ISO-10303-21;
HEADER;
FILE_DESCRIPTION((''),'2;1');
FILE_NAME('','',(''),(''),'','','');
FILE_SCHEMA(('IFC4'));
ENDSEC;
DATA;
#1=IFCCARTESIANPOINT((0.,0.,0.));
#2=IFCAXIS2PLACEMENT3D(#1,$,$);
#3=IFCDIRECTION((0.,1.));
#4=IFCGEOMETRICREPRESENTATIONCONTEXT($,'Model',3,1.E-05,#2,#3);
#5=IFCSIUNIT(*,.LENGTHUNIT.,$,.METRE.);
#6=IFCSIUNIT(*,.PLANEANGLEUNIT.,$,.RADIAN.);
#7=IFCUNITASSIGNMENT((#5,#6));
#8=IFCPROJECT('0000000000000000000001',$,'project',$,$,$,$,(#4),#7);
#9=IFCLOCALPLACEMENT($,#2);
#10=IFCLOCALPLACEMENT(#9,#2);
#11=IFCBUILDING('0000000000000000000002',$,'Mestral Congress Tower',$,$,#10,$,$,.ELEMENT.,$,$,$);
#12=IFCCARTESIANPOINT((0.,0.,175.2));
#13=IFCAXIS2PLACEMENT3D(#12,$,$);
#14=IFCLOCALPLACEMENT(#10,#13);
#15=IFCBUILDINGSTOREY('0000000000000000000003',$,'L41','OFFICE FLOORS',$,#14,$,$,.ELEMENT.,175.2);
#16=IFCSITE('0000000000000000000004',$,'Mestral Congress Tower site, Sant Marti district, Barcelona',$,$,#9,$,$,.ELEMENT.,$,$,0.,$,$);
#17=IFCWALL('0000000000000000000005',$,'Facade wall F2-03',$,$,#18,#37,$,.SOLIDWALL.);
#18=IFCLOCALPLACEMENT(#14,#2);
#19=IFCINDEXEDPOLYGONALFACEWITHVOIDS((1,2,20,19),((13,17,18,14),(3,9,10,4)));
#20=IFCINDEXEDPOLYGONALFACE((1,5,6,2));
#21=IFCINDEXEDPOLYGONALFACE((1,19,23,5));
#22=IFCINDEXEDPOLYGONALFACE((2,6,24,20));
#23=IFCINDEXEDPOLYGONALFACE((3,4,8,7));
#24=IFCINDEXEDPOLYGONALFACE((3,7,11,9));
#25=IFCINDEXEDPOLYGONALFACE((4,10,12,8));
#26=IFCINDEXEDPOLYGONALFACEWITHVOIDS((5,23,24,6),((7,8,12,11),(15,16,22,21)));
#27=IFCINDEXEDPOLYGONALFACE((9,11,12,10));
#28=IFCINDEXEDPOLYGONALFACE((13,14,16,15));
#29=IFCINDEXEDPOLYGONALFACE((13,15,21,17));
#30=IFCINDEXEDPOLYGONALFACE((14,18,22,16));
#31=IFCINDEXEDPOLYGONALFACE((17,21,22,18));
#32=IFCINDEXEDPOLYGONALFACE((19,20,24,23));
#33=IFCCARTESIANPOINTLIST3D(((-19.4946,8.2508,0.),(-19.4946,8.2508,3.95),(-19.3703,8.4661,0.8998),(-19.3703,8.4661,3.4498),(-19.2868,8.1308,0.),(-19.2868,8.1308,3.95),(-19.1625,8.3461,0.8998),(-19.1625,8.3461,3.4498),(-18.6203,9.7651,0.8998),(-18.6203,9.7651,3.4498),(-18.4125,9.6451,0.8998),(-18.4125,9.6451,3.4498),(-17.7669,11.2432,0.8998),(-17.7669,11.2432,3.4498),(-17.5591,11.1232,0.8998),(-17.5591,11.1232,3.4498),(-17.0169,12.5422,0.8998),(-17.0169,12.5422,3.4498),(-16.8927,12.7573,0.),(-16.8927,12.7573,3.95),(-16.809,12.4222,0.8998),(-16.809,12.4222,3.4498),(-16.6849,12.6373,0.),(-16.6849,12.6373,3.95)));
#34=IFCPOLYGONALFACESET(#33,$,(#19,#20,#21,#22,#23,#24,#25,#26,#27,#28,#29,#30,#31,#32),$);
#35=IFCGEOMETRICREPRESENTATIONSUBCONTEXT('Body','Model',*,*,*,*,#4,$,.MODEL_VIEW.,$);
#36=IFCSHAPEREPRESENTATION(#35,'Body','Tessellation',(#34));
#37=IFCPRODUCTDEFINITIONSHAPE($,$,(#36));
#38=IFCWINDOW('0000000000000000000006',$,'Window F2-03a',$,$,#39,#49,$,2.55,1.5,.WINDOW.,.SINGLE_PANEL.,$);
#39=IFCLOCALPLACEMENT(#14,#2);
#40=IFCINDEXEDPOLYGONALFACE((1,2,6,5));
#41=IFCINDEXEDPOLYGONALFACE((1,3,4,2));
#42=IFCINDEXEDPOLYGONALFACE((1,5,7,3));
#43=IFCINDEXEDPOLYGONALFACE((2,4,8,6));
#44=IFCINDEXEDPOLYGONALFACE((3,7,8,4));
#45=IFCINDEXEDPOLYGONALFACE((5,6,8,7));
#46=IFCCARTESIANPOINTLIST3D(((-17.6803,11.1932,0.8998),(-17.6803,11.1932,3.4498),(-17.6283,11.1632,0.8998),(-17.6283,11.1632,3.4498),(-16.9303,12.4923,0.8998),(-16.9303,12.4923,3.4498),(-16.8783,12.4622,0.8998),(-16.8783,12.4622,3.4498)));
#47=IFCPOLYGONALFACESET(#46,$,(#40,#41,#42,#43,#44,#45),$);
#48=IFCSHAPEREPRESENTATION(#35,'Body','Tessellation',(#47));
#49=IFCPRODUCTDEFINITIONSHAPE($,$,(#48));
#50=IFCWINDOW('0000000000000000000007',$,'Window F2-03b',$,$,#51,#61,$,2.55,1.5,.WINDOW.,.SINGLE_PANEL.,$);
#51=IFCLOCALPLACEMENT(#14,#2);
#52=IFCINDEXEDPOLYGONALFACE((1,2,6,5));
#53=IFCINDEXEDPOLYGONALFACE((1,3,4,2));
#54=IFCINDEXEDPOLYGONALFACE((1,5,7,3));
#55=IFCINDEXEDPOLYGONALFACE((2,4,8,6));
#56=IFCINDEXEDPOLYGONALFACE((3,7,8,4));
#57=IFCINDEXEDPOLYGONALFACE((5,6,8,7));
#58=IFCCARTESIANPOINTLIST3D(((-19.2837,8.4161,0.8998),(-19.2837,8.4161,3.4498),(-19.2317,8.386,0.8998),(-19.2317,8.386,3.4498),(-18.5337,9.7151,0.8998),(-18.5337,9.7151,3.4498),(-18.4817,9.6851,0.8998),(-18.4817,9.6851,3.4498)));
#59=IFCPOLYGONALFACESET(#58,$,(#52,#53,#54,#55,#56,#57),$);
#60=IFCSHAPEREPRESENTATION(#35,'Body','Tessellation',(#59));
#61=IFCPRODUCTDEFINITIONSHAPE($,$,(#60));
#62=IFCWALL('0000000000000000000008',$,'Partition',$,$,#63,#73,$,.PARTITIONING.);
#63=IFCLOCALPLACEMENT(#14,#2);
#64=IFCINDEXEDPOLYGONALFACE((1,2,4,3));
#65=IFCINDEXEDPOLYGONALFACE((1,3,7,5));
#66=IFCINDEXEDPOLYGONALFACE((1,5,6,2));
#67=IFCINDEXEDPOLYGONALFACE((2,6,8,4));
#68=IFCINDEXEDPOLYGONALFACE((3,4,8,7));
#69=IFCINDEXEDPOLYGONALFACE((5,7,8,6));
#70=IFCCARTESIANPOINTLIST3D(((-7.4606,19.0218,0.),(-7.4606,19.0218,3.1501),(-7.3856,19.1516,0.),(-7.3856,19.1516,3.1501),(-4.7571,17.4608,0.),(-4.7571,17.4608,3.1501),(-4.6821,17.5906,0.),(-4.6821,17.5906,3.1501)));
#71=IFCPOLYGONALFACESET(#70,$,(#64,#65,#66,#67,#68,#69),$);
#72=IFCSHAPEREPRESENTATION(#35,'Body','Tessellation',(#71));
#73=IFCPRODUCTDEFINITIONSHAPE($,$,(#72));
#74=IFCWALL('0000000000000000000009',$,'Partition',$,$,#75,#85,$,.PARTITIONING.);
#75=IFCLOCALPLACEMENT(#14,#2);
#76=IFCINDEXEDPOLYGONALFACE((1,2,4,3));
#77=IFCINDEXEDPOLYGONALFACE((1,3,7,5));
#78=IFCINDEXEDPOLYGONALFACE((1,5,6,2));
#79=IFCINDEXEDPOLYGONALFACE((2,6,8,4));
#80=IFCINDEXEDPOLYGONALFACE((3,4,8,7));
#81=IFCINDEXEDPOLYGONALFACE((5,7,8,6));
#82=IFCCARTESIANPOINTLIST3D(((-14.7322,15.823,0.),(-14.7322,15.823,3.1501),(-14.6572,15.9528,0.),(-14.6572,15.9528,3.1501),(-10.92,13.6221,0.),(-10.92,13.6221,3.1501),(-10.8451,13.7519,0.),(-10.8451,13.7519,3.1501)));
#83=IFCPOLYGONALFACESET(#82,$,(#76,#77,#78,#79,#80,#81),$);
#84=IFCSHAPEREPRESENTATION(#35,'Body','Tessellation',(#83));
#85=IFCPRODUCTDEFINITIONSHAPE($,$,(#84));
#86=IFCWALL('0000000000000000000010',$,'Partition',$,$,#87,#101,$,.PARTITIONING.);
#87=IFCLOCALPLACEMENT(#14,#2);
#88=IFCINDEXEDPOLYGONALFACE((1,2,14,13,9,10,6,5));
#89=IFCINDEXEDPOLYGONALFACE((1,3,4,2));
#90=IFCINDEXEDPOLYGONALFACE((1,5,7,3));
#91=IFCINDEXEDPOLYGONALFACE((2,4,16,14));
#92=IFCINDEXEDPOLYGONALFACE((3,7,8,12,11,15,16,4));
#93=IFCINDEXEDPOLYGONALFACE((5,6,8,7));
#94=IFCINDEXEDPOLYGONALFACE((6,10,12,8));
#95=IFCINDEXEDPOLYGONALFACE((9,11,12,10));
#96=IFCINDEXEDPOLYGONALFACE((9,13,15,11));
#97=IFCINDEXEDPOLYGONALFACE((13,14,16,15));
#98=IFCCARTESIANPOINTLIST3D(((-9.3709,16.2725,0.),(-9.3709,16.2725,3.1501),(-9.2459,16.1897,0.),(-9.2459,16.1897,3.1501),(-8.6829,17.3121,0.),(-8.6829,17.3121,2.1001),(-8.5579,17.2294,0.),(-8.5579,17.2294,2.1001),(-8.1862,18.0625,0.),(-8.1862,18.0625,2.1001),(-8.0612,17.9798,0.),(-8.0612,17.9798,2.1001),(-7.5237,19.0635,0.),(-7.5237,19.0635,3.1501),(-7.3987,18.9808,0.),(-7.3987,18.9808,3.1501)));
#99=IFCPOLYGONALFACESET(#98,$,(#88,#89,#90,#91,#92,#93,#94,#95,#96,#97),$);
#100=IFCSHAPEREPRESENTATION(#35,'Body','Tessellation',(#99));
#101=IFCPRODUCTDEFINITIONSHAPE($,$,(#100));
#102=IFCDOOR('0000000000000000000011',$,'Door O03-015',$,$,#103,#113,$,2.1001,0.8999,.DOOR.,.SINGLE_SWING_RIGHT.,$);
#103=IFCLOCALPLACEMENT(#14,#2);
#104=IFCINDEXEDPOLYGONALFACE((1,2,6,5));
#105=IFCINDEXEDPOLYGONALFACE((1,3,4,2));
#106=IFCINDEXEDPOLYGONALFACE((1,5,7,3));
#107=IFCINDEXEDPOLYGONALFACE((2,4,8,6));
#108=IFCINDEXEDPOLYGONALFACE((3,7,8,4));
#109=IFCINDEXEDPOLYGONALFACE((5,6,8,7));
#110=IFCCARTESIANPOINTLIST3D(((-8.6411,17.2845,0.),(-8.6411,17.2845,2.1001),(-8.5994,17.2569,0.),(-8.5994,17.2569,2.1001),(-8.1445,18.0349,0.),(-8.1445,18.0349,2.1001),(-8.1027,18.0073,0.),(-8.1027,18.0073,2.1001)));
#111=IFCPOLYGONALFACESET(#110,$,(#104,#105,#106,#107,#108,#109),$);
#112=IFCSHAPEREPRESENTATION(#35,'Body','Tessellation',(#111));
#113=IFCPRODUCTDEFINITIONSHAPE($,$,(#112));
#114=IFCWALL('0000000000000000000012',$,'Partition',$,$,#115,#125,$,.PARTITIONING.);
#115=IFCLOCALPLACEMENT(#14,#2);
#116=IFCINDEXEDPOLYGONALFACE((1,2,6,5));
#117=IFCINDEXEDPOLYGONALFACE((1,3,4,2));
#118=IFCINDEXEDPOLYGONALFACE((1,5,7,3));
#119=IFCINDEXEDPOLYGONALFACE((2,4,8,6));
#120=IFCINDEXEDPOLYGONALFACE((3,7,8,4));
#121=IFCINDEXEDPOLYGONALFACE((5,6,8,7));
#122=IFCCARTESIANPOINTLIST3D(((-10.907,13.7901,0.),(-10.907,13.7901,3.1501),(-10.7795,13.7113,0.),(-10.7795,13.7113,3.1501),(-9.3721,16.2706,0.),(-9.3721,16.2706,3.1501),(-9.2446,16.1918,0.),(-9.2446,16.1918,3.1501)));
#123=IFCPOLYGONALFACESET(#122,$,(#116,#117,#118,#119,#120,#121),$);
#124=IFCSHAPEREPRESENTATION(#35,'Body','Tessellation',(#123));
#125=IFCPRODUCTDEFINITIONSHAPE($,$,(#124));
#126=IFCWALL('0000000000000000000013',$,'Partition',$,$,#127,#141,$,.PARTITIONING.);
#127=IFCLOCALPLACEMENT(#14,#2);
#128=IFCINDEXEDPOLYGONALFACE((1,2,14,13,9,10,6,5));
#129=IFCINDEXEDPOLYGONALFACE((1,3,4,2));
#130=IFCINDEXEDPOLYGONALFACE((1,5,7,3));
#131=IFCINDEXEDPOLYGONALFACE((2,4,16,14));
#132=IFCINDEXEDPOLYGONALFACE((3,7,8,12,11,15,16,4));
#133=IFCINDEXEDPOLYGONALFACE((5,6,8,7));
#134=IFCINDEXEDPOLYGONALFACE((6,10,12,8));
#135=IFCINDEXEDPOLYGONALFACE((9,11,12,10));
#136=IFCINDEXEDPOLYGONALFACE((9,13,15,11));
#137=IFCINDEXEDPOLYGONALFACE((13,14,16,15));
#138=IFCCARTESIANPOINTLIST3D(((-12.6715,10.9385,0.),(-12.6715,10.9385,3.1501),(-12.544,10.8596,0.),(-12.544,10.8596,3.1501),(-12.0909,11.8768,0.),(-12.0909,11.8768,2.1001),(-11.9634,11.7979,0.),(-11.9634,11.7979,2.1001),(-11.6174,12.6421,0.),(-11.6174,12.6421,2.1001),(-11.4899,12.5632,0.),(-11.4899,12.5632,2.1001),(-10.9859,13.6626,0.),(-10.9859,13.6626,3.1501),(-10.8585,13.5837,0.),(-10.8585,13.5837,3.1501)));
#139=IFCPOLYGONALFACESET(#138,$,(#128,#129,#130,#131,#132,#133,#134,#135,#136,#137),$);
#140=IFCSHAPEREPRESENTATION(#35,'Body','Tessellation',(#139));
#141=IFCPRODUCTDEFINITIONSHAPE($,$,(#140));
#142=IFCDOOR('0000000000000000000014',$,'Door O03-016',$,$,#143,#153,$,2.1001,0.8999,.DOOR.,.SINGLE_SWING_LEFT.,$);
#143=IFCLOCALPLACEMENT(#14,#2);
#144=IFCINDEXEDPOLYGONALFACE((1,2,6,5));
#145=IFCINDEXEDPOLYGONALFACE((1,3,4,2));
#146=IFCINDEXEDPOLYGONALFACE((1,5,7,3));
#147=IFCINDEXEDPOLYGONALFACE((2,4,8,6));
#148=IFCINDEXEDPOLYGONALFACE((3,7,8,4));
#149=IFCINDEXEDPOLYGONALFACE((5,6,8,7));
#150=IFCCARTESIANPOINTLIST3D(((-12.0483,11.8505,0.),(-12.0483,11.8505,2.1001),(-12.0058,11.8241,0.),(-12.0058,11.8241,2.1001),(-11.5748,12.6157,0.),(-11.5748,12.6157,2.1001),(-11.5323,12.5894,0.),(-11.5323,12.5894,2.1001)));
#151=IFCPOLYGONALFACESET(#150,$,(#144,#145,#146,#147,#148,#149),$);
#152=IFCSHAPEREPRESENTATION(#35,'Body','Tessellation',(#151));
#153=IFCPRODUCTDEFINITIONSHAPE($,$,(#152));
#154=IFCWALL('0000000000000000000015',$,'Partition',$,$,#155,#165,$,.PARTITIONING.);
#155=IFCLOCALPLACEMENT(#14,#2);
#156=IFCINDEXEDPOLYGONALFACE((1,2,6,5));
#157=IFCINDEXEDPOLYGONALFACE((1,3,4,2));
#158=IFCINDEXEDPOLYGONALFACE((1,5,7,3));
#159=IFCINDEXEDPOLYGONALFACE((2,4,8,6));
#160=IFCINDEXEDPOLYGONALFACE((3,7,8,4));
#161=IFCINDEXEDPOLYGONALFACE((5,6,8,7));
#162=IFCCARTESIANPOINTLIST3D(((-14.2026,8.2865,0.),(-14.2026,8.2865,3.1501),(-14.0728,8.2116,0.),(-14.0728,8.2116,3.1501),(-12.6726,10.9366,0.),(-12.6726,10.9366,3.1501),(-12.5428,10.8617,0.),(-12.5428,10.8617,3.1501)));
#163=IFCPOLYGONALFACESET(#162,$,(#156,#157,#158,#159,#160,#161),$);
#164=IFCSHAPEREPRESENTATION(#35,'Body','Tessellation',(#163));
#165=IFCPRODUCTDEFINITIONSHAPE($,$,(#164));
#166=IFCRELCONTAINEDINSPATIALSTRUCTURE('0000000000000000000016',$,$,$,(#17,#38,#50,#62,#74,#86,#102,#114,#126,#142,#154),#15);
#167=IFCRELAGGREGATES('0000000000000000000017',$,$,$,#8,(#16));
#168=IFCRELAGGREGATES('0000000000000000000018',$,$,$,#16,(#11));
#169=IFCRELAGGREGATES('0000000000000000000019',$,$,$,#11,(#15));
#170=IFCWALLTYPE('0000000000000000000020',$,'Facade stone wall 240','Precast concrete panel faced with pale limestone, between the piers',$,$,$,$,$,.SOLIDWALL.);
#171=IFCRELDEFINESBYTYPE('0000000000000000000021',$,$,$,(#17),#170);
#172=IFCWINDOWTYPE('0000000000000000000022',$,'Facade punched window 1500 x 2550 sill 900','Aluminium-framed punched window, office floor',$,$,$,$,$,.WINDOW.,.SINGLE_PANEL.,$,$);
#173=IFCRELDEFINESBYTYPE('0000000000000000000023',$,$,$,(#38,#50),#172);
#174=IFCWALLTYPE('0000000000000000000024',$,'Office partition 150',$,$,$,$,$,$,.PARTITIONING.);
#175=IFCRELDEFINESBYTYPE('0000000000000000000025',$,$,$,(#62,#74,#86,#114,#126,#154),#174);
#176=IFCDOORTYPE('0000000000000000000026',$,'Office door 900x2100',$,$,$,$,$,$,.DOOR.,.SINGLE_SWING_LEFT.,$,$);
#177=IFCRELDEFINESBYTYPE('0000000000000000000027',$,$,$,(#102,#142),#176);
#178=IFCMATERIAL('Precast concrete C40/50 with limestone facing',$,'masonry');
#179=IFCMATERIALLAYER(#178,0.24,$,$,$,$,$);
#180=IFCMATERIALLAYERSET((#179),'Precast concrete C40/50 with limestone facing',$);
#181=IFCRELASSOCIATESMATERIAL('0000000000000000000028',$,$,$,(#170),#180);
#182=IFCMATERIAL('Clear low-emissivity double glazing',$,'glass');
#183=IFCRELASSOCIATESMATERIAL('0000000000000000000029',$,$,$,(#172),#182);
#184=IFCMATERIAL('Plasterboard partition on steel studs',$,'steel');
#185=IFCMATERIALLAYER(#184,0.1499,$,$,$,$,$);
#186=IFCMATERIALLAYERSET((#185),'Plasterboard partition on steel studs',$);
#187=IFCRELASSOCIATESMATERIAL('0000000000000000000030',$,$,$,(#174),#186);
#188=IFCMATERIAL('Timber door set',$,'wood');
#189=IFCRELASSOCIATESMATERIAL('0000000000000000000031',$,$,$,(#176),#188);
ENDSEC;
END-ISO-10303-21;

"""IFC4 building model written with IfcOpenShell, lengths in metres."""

from ifc_helpers import new_model, si_unit, direction, frame, frame_2d, origin, place, context, subcontext, project, spatial, rectangle, extrude, material, layer, layer_set, type_object, element, fill, save


model = new_model("IFC4")

# Units and contexts
model_context = context("Model", 3, precision=1e-05, world=origin(), true_north=direction((0.0, 1.0)))
body_context = subcontext(model_context, "Body", "Model", "MODEL_VIEW")
ifc_project = project(units=[si_unit("LENGTHUNIT", "METRE"), si_unit("PLANEANGLEUNIT", "RADIAN")], contexts=[model_context])

# Site, building, storey
site_placement = place(None, origin())
site = spatial("IfcSite", under=ifc_project, at=site_placement, Name="Mestral Congress Tower site, Sant Marti district, Barcelona", CompositionType="ELEMENT", RefElevation=0.0)
building_placement = place(site_placement, origin())
building = spatial("IfcBuilding", under=site, at=building_placement, Name="Mestral Congress Tower", CompositionType="ELEMENT")
storey_placement = place(building_placement, frame((0.0, 0.0, 175.2)))
storey = spatial("IfcBuildingStorey", under=building, at=storey_placement, Name="L41", Description="OFFICE FLOORS", CompositionType="ELEMENT", Elevation=175.2)

# Wall, openings, windows
ifc_material_1 = material(Name="Precast concrete C40/50 with limestone facing", Category="masonry")
ifc_layer_1 = layer(ifc_material_1, 0.24)
ifc_layer_set_1 = layer_set([ifc_layer_1], Name="Precast concrete C40/50 with limestone facing")
wall_type_1 = type_object("IfcWallType", Name="Facade stone wall 240", Description="Precast concrete panel faced with pale limestone, between the piers", PredefinedType="SOLIDWALL", material=ifc_layer_set_1)
ifc_material_2 = material(Name="Clear low-emissivity double glazing", Category="glass")
window_type = type_object("IfcWindowType", Name="Facade punched window 1500 x 2550 sill 900", Description="Aluminium-framed punched window, office floor", PartitioningType="SINGLE_PANEL", PredefinedType="WINDOW", material=ifc_material_2)
wall_1_placement = place(storey_placement, frame((-16.7888, 12.6973, 0.0), z_axis=(0.0, 0.0, 1.0), x_axis=(-0.500009, -0.86602, 0.0)))
wall_1 = element("IfcWall", 1, at=wall_1_placement, inside=storey, type_object=wall_type_1, Name="Facade wall F2-03", PredefinedType="SOLIDWALL", context=body_context, shape_type="SweptSolid", body=[
    extrude(rectangle(XDim=5.2036, YDim=0.24, at=frame_2d((2.6018, 0.0))), origin(), (0.0, 0.0, 1.0), 3.95),
])
opening_1_placement = place(wall_1_placement, frame((0.2483, 0.0, 0.8999)))
opening_1 = element("IfcOpeningElement", 2, at=opening_1_placement, cuts=wall_1, PredefinedType="OPENING", context=body_context, shape_type="SweptSolid", body=[
    extrude(rectangle(XDim=1.5, YDim=2.55, at=frame_2d((0.75, 1.2749))), frame((0.0, 0.1299, 0.0), z_axis=(0.0, -1.0, 0.0), x_axis=(1.0, 0.0, 0.0)), (0.0, 0.0, 1.0), 0.26),
])
opening_2_placement = place(wall_1_placement, frame((3.4551, 0.0, 0.8999)))
opening_2 = element("IfcOpeningElement", 3, at=opening_2_placement, cuts=wall_1, PredefinedType="OPENING", context=body_context, shape_type="SweptSolid", body=[
    extrude(rectangle(XDim=1.5, YDim=2.55, at=frame_2d((0.75, 1.2749))), frame((0.0, 0.1299, 0.0), z_axis=(0.0, -1.0, 0.0), x_axis=(1.0, 0.0, 0.0)), (0.0, 0.0, 1.0), 0.26),
])
window_1_placement = place(opening_1_placement, origin())
window_1 = element("IfcWindow", 4, at=window_1_placement, inside=storey, type_object=window_type, Name="Window F2-03a", OverallHeight=2.55, OverallWidth=1.5, PartitioningType="SINGLE_PANEL", PredefinedType="WINDOW", context=body_context, shape_type="SweptSolid", body=[
    extrude(rectangle(XDim=1.5, YDim=2.55, at=frame_2d((0.75, 1.2749))), frame((0.0, 0.04, 0.0), z_axis=(0.0, -1.0, 0.0), x_axis=(1.0, 0.0, 0.0)), (0.0, 0.0, 1.0), 0.0601),
])
fill(opening_1, window_1)
window_2_placement = place(opening_2_placement, origin())
window_2 = element("IfcWindow", 5, at=window_2_placement, inside=storey, type_object=window_type, Name="Window F2-03b", OverallHeight=2.55, OverallWidth=1.5, PartitioningType="SINGLE_PANEL", PredefinedType="WINDOW", context=body_context, shape_type="SweptSolid", body=[
    extrude(rectangle(XDim=1.5, YDim=2.55, at=frame_2d((0.75, 1.2749))), frame((0.0, 0.04, 0.0), z_axis=(0.0, -1.0, 0.0), x_axis=(1.0, 0.0, 0.0)), (0.0, 0.0, 1.0), 0.0601),
])
fill(opening_2, window_2)

# Walls
ifc_material_3 = material(Name="Plasterboard partition on steel studs", Category="steel")
ifc_layer_2 = layer(ifc_material_3, 0.1499)
ifc_layer_set_2 = layer_set([ifc_layer_2], Name="Plasterboard partition on steel studs")
wall_type_2 = type_object("IfcWallType", Name="Office partition 150", PredefinedType="PARTITIONING", material=ifc_layer_set_2)
wall_2_placement = place(storey_placement, frame((-4.7195, 17.5256, 0.0), z_axis=(0.0, 0.0, 1.0), x_axis=(-0.866011, 0.500025, 0.0)))
element("IfcWall", 6, at=wall_2_placement, inside=storey, type_object=wall_type_2, Name="Partition", PredefinedType="PARTITIONING", context=body_context, shape_type="SweptSolid", body=[
    extrude(rectangle(XDim=3.1218, YDim=0.1499, at=frame_2d((1.561, 0.0))), origin(), (0.0, 0.0, 1.0), 3.1501),
])
wall_3_placement = place(storey_placement, frame((-10.8826, 13.687, 0.0), z_axis=(0.0, 0.0, 1.0), x_axis=(-0.866033, 0.499987, 0.0)))
element("IfcWall", 7, at=wall_3_placement, inside=storey, type_object=wall_type_2, Name="Partition", PredefinedType="PARTITIONING", context=body_context, shape_type="SweptSolid", body=[
    extrude(rectangle(XDim=4.4019, YDim=0.1499, at=frame_2d((2.2009, 0.0))), origin(), (0.0, 0.0, 1.0), 3.1501),
])

# Wall, opening, door
wall_4_placement = place(storey_placement, frame((-9.3083, 16.2312, 0.0), z_axis=(0.0, 0.0, 1.0), x_axis=(0.551903, 0.833909, 0.0)))
wall_4 = element("IfcWall", 8, at=wall_4_placement, inside=storey, type_object=wall_type_2, Name="Partition", PredefinedType="PARTITIONING", context=body_context, shape_type="SweptSolid", body=[
    extrude(rectangle(XDim=3.3469, YDim=0.1499, at=frame_2d((1.6733, 0.0))), origin(), (0.0, 0.0, 1.0), 3.1501),
])
opening_3_placement = place(wall_4_placement, frame((1.2466, 0.0, 0.0)))
opening_3 = element("IfcOpeningElement", 9, at=opening_3_placement, cuts=wall_4, PredefinedType="OPENING", context=body_context, shape_type="SweptSolid", body=[
    extrude(rectangle(XDim=0.8999, YDim=2.1001, at=frame_2d((0.45, 1.05))), frame((0.0, 0.085, 0.0), z_axis=(0.0, -1.0, 0.0), x_axis=(1.0, 0.0, 0.0)), (0.0, 0.0, 1.0), 0.1699),
])
ifc_material_4 = material(Name="Timber door set", Category="wood")
door_type_1 = type_object("IfcDoorType", Name="Office door 900x2100", OperationType="SINGLE_SWING_LEFT", PredefinedType="DOOR", material=ifc_material_4)
door_1_placement = place(opening_3_placement, origin())
door_1 = element("IfcDoor", 10, at=door_1_placement, inside=storey, type_object=door_type_1, Name="Door O03-015", OperationType="SINGLE_SWING_RIGHT", OverallHeight=2.1001, OverallWidth=0.8999, PredefinedType="DOOR", context=body_context, shape_type="SweptSolid", body=[
    extrude(rectangle(XDim=0.8999, YDim=2.1001, at=frame_2d((0.45, 1.05))), frame((0.0, 0.0249, 0.0), z_axis=(0.0, -1.0, 0.0), x_axis=(1.0, 0.0, 0.0)), (0.0, 0.0, 1.0), 0.05),
])
fill(opening_3, door_1)

# Wall
wall_5_placement = place(storey_placement, frame((-9.3083, 16.2312, 0.0), z_axis=(0.0, 0.0, 1.0), x_axis=(-0.526202, -0.85036, 0.0)))
element("IfcWall", 11, at=wall_5_placement, inside=storey, type_object=wall_type_2, Name="Partition", PredefinedType="PARTITIONING", context=body_context, shape_type="SweptSolid", body=[
    extrude(rectangle(XDim=2.917, YDim=0.1499, at=frame_2d((1.4585, 0.0))), origin(), (0.0, 0.0, 1.0), 3.1501),
])

# Wall, opening, door
wall_6_placement = place(storey_placement, frame((-12.6077, 10.8992, 0.0), z_axis=(0.0, 0.0, 1.0), x_axis=(0.526171, 0.850379, 0.0)))
wall_6 = element("IfcWall", 12, at=wall_6_placement, inside=storey, type_object=wall_type_2, Name="Partition", PredefinedType="PARTITIONING", context=body_context, shape_type="SweptSolid", body=[
    extrude(rectangle(XDim=3.2034, YDim=0.1499, at=frame_2d((1.6016, 0.0))), origin(), (0.0, 0.0, 1.0), 3.1501),
])
opening_4_placement = place(wall_6_placement, frame((1.1033, 0.0, 0.0)))
opening_4 = element("IfcOpeningElement", 13, at=opening_4_placement, cuts=wall_6, PredefinedType="OPENING", context=body_context, shape_type="SweptSolid", body=[
    extrude(rectangle(XDim=0.8999, YDim=2.1001, at=frame_2d((0.45, 1.05))), frame((0.0, 0.085, 0.0), z_axis=(0.0, -1.0, 0.0), x_axis=(1.0, 0.0, 0.0)), (0.0, 0.0, 1.0), 0.1699),
])
door_2_placement = place(opening_4_placement, origin())
door_2 = element("IfcDoor", 14, at=door_2_placement, inside=storey, type_object=door_type_1, Name="Door O03-016", OperationType="SINGLE_SWING_LEFT", OverallHeight=2.1001, OverallWidth=0.8999, PredefinedType="DOOR", context=body_context, shape_type="SweptSolid", body=[
    extrude(rectangle(XDim=0.8999, YDim=2.1001, at=frame_2d((0.45, 1.05))), frame((0.0, 0.0249, 0.0), z_axis=(0.0, -1.0, 0.0), x_axis=(1.0, 0.0, 0.0)), (0.0, 0.0, 1.0), 0.05),
])
fill(opening_4, door_2)

# Wall
wall_7_placement = place(storey_placement, frame((-12.6077, 10.8992, 0.0), z_axis=(0.0, 0.0, 1.0), x_axis=(-0.499992, -0.86603, 0.0)))
element("IfcWall", 15, at=wall_7_placement, inside=storey, type_object=wall_type_2, Name="Partition", PredefinedType="PARTITIONING", context=body_context, shape_type="SweptSolid", body=[
    extrude(rectangle(XDim=3.0601, YDim=0.1499, at=frame_2d((1.53, 0.0))), origin(), (0.0, 0.0, 1.0), 3.1501),
])

save(model, "model.ifc")
